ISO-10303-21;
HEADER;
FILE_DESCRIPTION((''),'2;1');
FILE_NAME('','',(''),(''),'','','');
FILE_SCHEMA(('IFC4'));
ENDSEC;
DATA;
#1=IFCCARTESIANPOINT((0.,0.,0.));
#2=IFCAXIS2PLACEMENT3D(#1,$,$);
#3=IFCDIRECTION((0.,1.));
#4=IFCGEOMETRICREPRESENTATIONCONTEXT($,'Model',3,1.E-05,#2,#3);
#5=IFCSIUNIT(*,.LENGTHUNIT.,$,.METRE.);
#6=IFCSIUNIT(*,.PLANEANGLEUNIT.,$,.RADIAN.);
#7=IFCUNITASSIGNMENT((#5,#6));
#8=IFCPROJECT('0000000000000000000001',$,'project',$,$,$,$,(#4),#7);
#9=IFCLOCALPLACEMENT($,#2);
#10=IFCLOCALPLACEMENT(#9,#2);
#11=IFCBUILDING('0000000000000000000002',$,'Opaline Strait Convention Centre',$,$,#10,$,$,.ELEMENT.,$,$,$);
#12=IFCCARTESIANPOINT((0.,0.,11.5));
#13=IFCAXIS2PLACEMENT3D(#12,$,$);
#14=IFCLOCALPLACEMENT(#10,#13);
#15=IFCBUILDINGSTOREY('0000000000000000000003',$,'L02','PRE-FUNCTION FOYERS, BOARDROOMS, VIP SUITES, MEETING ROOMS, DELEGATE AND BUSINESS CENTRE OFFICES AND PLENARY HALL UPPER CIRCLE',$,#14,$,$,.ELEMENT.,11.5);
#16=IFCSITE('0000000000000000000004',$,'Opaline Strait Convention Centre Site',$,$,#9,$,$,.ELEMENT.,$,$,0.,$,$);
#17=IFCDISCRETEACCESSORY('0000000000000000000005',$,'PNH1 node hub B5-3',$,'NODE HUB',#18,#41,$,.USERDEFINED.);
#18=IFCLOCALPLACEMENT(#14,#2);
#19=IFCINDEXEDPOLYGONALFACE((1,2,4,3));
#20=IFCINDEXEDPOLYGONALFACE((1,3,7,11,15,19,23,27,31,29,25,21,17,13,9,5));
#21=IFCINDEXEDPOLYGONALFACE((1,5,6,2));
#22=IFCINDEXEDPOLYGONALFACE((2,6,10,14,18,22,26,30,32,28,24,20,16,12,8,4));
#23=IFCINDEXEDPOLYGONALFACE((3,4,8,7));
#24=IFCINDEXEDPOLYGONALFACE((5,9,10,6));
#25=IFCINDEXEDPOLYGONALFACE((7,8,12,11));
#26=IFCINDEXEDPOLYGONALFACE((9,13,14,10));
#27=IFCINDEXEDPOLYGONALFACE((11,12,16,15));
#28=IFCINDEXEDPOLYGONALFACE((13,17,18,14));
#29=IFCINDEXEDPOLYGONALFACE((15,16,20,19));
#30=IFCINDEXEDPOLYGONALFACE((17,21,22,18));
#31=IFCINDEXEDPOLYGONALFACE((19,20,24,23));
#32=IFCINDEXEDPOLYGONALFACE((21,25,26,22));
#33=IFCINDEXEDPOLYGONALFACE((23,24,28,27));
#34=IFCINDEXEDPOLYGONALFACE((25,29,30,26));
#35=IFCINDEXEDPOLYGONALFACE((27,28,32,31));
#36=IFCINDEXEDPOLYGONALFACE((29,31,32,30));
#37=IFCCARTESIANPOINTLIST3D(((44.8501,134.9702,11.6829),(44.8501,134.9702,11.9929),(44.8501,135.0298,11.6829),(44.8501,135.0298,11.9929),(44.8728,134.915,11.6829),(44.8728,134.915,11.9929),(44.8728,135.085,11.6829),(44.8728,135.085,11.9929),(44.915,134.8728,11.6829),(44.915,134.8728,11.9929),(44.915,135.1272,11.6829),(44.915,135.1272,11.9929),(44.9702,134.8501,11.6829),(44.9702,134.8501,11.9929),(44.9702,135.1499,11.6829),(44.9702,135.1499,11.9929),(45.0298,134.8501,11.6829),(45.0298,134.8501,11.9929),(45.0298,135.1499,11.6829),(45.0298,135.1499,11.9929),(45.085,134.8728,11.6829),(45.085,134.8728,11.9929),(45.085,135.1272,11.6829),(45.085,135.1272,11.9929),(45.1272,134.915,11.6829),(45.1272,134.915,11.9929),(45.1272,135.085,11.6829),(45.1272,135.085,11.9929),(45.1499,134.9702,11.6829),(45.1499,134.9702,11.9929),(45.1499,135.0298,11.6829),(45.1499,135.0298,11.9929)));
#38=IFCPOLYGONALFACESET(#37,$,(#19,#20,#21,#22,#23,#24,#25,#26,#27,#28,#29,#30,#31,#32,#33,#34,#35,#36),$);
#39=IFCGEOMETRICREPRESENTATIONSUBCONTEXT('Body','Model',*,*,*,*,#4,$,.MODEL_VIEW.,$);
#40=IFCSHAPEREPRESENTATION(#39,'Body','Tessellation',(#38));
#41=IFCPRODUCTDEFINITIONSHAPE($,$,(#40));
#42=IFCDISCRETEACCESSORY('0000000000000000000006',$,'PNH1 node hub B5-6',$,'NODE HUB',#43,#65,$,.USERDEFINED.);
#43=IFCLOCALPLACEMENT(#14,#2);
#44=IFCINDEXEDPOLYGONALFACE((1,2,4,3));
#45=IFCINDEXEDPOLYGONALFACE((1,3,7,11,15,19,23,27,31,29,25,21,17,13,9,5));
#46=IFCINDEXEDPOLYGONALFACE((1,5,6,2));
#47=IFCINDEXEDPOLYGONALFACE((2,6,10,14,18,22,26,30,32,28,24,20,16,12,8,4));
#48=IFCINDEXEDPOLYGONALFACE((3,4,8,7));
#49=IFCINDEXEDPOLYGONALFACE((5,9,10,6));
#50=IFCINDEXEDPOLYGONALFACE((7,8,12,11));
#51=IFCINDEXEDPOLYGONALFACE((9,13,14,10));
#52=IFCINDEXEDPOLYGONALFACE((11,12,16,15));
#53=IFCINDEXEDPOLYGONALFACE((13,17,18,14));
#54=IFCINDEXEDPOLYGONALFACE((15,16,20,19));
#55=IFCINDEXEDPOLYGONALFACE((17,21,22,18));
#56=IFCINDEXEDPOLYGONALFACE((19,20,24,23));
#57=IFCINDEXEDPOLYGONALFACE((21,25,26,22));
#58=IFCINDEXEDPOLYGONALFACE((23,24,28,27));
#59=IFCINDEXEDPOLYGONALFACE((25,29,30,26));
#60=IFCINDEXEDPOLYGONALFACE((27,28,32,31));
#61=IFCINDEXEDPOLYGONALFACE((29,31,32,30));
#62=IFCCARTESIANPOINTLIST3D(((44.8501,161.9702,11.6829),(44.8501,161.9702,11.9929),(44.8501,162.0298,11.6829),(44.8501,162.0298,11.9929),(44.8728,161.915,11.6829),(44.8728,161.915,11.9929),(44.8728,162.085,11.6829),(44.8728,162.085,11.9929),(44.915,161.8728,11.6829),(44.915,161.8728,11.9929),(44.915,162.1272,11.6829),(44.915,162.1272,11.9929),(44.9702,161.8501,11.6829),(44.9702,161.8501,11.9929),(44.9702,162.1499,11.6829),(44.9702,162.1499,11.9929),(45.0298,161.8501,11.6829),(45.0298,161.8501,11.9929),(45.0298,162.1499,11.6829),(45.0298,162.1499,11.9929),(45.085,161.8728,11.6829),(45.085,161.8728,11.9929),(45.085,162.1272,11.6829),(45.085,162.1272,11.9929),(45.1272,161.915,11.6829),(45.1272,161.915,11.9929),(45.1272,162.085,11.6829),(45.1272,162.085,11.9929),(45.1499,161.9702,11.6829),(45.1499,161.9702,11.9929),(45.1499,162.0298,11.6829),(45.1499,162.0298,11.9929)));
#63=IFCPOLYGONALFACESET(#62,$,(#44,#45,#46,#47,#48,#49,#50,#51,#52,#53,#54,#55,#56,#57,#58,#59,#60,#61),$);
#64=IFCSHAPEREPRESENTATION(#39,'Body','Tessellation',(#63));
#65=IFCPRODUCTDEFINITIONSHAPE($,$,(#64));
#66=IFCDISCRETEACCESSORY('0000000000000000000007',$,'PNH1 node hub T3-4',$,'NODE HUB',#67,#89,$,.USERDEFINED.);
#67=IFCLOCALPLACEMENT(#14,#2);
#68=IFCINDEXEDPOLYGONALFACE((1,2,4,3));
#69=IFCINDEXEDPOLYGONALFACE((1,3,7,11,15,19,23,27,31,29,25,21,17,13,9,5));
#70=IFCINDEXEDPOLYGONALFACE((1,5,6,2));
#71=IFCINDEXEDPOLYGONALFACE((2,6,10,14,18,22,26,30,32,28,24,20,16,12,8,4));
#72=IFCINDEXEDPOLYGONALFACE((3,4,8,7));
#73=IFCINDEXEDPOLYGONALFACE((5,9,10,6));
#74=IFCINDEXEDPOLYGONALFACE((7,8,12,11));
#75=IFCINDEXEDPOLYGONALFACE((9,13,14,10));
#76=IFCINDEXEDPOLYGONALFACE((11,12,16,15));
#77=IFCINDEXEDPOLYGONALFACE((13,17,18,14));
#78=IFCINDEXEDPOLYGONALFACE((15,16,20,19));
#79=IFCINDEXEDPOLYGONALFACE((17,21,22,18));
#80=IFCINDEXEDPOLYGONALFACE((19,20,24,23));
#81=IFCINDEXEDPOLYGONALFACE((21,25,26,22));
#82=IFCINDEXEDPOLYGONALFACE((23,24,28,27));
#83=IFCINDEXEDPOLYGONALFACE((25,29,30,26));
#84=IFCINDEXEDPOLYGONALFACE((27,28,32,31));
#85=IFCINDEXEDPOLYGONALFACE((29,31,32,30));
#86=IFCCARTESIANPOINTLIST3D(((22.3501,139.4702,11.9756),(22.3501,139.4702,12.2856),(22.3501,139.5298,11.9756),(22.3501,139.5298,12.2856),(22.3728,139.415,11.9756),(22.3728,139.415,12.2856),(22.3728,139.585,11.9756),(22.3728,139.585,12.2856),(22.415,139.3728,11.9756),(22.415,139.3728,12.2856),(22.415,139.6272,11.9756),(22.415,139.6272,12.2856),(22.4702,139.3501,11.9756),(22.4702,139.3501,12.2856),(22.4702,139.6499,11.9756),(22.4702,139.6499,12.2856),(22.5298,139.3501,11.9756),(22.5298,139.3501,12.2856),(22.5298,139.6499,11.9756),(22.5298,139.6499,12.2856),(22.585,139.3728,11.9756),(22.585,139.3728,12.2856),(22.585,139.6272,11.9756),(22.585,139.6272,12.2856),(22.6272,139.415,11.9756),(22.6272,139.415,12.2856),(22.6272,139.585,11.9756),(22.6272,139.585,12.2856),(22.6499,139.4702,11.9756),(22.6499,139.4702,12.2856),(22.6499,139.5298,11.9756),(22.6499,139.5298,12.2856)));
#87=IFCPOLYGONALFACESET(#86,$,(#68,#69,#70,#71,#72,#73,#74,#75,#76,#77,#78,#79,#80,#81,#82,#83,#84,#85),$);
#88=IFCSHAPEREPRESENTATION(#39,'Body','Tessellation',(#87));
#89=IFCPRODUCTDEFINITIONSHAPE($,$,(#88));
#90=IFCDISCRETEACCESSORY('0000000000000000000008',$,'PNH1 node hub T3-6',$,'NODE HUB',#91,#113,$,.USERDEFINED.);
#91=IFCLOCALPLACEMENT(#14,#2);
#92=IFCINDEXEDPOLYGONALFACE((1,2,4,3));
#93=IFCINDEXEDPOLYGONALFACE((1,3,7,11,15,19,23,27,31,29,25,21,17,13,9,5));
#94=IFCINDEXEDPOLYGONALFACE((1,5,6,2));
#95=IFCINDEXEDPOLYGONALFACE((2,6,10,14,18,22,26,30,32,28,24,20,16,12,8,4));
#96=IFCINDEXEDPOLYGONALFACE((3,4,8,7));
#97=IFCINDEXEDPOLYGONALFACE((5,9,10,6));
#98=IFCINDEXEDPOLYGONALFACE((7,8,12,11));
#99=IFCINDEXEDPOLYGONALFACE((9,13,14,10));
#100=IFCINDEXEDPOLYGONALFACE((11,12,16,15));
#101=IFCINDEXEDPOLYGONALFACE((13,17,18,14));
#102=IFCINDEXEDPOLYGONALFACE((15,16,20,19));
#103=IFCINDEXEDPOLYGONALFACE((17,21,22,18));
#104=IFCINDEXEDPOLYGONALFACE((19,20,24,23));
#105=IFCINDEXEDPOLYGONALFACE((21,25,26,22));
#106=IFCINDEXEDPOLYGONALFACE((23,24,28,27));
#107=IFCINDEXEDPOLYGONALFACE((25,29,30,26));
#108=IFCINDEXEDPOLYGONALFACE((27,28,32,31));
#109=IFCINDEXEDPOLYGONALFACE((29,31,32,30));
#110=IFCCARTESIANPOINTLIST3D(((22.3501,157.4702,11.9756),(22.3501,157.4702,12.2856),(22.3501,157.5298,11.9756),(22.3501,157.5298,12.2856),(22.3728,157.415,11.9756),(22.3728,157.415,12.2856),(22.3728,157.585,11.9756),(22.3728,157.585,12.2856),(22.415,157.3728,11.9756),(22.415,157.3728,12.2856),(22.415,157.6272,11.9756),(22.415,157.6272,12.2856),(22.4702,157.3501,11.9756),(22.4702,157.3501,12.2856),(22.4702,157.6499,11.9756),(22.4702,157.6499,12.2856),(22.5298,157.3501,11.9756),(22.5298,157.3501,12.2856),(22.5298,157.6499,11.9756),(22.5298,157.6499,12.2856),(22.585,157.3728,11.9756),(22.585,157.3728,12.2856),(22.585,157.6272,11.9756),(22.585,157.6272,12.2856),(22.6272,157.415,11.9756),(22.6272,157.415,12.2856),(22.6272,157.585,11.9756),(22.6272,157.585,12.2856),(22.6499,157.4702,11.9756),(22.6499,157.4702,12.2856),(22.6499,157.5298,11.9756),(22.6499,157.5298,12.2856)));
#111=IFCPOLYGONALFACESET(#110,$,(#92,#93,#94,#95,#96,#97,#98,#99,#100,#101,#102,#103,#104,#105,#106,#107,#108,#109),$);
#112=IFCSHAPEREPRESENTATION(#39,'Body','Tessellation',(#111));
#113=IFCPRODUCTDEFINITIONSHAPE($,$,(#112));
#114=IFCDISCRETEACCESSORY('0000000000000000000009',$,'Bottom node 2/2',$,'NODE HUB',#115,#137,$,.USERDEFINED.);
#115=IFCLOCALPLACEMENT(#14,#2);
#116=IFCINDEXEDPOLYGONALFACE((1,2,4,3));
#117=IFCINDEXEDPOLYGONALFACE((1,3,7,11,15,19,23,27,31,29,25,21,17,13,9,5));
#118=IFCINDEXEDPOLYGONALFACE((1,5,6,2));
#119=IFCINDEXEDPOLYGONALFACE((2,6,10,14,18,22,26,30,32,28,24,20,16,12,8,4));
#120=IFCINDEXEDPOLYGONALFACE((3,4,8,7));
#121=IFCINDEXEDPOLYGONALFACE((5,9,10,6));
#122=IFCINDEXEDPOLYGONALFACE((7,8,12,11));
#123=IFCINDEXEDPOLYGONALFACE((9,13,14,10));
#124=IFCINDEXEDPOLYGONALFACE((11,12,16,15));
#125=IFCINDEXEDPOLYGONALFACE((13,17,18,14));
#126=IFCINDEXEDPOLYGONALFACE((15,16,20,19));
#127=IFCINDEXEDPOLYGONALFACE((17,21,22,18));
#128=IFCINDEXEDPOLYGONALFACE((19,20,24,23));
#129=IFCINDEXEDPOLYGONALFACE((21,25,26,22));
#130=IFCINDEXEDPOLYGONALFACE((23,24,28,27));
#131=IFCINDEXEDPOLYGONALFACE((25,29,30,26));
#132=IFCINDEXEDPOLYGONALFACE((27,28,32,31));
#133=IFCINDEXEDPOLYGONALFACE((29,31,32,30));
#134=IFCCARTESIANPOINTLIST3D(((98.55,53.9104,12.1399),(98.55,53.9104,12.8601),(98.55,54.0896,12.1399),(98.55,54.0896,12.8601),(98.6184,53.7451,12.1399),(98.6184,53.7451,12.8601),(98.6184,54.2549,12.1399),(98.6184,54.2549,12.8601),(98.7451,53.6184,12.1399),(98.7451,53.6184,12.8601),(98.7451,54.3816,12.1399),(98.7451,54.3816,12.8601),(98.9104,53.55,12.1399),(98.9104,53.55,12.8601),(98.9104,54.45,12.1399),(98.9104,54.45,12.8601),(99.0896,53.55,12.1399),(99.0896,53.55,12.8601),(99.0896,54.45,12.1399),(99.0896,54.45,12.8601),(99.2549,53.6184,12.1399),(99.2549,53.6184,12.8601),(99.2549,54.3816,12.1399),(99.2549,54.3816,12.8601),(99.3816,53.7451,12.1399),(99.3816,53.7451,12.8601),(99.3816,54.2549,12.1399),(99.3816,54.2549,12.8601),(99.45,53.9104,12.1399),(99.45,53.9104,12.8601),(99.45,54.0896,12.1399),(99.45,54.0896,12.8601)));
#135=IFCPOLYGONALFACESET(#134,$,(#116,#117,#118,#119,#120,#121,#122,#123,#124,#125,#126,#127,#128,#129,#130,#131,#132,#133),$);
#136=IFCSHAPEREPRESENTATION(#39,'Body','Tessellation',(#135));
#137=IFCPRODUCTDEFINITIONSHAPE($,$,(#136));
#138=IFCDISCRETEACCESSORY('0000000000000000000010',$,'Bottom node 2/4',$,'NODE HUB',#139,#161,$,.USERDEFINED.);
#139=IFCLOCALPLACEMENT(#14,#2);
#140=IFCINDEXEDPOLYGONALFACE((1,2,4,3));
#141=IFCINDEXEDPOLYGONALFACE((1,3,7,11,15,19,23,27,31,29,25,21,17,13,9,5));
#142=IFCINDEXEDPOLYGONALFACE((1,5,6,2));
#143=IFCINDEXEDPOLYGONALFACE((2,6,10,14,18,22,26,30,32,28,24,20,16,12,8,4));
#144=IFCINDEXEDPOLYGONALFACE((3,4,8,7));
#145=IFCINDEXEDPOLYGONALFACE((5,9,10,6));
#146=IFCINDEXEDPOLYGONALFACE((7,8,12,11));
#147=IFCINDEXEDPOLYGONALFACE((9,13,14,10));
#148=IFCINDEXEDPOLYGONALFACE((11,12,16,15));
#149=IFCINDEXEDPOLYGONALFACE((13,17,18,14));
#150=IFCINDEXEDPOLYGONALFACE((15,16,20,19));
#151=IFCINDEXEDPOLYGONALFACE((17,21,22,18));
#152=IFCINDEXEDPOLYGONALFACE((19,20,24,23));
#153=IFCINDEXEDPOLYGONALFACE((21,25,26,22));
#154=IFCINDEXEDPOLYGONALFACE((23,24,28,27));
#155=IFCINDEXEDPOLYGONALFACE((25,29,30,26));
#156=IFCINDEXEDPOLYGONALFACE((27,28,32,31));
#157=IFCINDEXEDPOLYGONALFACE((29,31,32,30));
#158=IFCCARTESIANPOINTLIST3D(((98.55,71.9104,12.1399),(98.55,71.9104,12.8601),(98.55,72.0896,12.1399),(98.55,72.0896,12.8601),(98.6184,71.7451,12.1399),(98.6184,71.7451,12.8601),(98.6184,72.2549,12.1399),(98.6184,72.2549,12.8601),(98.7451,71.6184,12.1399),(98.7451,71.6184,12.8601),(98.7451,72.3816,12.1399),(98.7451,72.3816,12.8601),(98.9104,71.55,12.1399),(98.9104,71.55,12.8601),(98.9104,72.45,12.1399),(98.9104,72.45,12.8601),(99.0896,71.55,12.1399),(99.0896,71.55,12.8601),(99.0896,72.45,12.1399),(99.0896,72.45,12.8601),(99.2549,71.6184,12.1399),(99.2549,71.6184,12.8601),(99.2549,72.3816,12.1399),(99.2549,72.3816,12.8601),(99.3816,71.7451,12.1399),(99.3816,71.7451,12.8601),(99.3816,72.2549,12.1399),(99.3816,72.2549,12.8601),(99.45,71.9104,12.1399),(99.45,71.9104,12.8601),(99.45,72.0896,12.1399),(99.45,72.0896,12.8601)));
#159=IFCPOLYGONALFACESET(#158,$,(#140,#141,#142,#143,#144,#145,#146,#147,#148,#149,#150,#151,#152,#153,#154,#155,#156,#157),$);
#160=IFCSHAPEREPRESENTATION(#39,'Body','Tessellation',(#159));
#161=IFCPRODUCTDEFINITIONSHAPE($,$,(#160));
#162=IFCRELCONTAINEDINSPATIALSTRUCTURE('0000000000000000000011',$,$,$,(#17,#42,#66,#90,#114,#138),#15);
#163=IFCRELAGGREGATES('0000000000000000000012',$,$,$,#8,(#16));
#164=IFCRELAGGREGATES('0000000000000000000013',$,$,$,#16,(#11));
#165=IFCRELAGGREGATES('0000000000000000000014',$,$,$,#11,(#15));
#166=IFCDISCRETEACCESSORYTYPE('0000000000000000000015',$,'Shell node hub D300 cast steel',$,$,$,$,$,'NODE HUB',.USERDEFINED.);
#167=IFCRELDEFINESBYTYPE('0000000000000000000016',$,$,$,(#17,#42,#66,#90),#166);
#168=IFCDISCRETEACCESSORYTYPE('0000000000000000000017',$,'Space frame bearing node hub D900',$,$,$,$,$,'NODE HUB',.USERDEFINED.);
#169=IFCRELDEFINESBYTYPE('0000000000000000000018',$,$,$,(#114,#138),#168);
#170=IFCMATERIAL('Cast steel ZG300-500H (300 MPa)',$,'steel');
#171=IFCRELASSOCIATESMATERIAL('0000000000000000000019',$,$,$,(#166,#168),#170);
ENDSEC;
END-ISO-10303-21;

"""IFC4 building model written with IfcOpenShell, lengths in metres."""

from ifc_helpers import new_model, si_unit, direction, frame, origin, place, context, subcontext, project, spatial, polyline, outline, extrude, material, type_object, element, save


model = new_model("IFC4")

# Units and contexts
model_context = context("Model", 3, precision=1e-05, world=origin(), true_north=direction((0.0, 1.0)))
body_context = subcontext(model_context, "Body", "Model", "MODEL_VIEW")
ifc_project = project(units=[si_unit("LENGTHUNIT", "METRE"), si_unit("PLANEANGLEUNIT", "RADIAN")], contexts=[model_context])

# Site, building, storey
site_placement = place(None, origin())
site = spatial("IfcSite", under=ifc_project, at=site_placement, Name="Opaline Strait Convention Centre Site", CompositionType="ELEMENT", RefElevation=0.0)
building_placement = place(site_placement, origin())
building = spatial("IfcBuilding", under=site, at=building_placement, Name="Opaline Strait Convention Centre", CompositionType="ELEMENT")
storey_placement = place(building_placement, frame((0.0, 0.0, 11.5)))
storey = spatial("IfcBuildingStorey", under=building, at=storey_placement, Name="L02", Description="PRE-FUNCTION FOYERS, BOARDROOMS, VIP SUITES, MEETING ROOMS, DELEGATE AND BUSINESS CENTRE OFFICES AND PLENARY HALL UPPER CIRCLE", CompositionType="ELEMENT", Elevation=11.5)

# Discrete accessories
ifc_material = material(Name="Cast steel ZG300-500H (300 MPa)", Category="steel")
discrete_accessory_type_1 = type_object("IfcDiscreteAccessoryType", Name="Shell node hub D300 cast steel", ElementType="NODE HUB", PredefinedType="USERDEFINED", material=ifc_material)
discrete_accessory_1_placement = place(storey_placement, frame((0.0, 0.0, 11.6829)))
element("IfcDiscreteAccessory", 1, at=discrete_accessory_1_placement, inside=storey, type_object=discrete_accessory_type_1, Name="PNH1 node hub B5-3", ObjectType="NODE HUB", PredefinedType="USERDEFINED", context=body_context, shape_type="SweptSolid", body=[
    extrude(outline(polyline([(45.1499, 135.0298), (45.1272, 135.085), (45.085, 135.1272), (45.0298, 135.1499), (44.9702, 135.1499), (44.915, 135.1272), (44.8728, 135.085), (44.8501, 135.0298), (44.8501, 134.9702), (44.8728, 134.915), (44.915, 134.8728), (44.9702, 134.8501), (45.0298, 134.8501), (45.085, 134.8728), (45.1272, 134.915), (45.1499, 134.9702), (45.1499, 135.0298)])), origin(), (0.0, 0.0, 1.0), 0.3101),
])
discrete_accessory_2_placement = place(storey_placement, frame((0.0, 0.0, 11.6829)))
element("IfcDiscreteAccessory", 2, at=discrete_accessory_2_placement, inside=storey, type_object=discrete_accessory_type_1, Name="PNH1 node hub B5-6", ObjectType="NODE HUB", PredefinedType="USERDEFINED", context=body_context, shape_type="SweptSolid", body=[
    extrude(outline(polyline([(45.1499, 162.0298), (45.1272, 162.085), (45.085, 162.1272), (45.0298, 162.1499), (44.9702, 162.1499), (44.915, 162.1272), (44.8728, 162.085), (44.8501, 162.0298), (44.8501, 161.9702), (44.8728, 161.915), (44.915, 161.8728), (44.9702, 161.8501), (45.0298, 161.8501), (45.085, 161.8728), (45.1272, 161.915), (45.1499, 161.9702), (45.1499, 162.0298)])), origin(), (0.0, 0.0, 1.0), 0.3101),
])
discrete_accessory_3_placement = place(storey_placement, frame((0.0, 0.0, 11.9756)))
element("IfcDiscreteAccessory", 3, at=discrete_accessory_3_placement, inside=storey, type_object=discrete_accessory_type_1, Name="PNH1 node hub T3-4", ObjectType="NODE HUB", PredefinedType="USERDEFINED", context=body_context, shape_type="SweptSolid", body=[
    extrude(outline(polyline([(22.6499, 139.5298), (22.6272, 139.585), (22.585, 139.6272), (22.5298, 139.6499), (22.4702, 139.6499), (22.415, 139.6272), (22.3728, 139.585), (22.3501, 139.5298), (22.3501, 139.4702), (22.3728, 139.415), (22.415, 139.3728), (22.4702, 139.3501), (22.5298, 139.3501), (22.585, 139.3728), (22.6272, 139.415), (22.6499, 139.4702), (22.6499, 139.5298)])), origin(), (0.0, 0.0, 1.0), 0.3101),
])
discrete_accessory_4_placement = place(storey_placement, frame((0.0, 0.0, 11.9756)))
element("IfcDiscreteAccessory", 4, at=discrete_accessory_4_placement, inside=storey, type_object=discrete_accessory_type_1, Name="PNH1 node hub T3-6", ObjectType="NODE HUB", PredefinedType="USERDEFINED", context=body_context, shape_type="SweptSolid", body=[
    extrude(outline(polyline([(22.6499, 157.5298), (22.6272, 157.585), (22.585, 157.6272), (22.5298, 157.6499), (22.4702, 157.6499), (22.415, 157.6272), (22.3728, 157.585), (22.3501, 157.5298), (22.3501, 157.4702), (22.3728, 157.415), (22.415, 157.3728), (22.4702, 157.3501), (22.5298, 157.3501), (22.585, 157.3728), (22.6272, 157.415), (22.6499, 157.4702), (22.6499, 157.5298)])), origin(), (0.0, 0.0, 1.0), 0.3101),
])
discrete_accessory_type_2 = type_object("IfcDiscreteAccessoryType", Name="Space frame bearing node hub D900", ElementType="NODE HUB", PredefinedType="USERDEFINED", material=ifc_material)
discrete_accessory_5_placement = place(storey_placement, frame((0.0, 0.0, 12.1399)))
element("IfcDiscreteAccessory", 5, at=discrete_accessory_5_placement, inside=storey, type_object=discrete_accessory_type_2, Name="Bottom node 2/2", ObjectType="NODE HUB", PredefinedType="USERDEFINED", context=body_context, shape_type="SweptSolid", body=[
    extrude(outline(polyline([(99.45, 54.0896), (99.3816, 54.2549), (99.2549, 54.3816), (99.0896, 54.45), (98.9104, 54.45), (98.7451, 54.3816), (98.6184, 54.2549), (98.55, 54.0896), (98.55, 53.9104), (98.6184, 53.7451), (98.7451, 53.6184), (98.9104, 53.55), (99.0896, 53.55), (99.2549, 53.6184), (99.3816, 53.7451), (99.45, 53.9104), (99.45, 54.0896)])), origin(), (0.0, 0.0, 1.0), 0.7202),
])
discrete_accessory_6_placement = place(storey_placement, frame((0.0, 0.0, 12.1399)))
element("IfcDiscreteAccessory", 6, at=discrete_accessory_6_placement, inside=storey, type_object=discrete_accessory_type_2, Name="Bottom node 2/4", ObjectType="NODE HUB", PredefinedType="USERDEFINED", context=body_context, shape_type="SweptSolid", body=[
    extrude(outline(polyline([(99.45, 72.0896), (99.3816, 72.2549), (99.2549, 72.3816), (99.0896, 72.45), (98.9104, 72.45), (98.7451, 72.3816), (98.6184, 72.2549), (98.55, 72.0896), (98.55, 71.9104), (98.6184, 71.7451), (98.7451, 71.6184), (98.9104, 71.55), (99.0896, 71.55), (99.2549, 71.6184), (99.3816, 71.7451), (99.45, 71.9104), (99.45, 72.0896)])), origin(), (0.0, 0.0, 1.0), 0.7202),
])

save(model, "model.ifc")
